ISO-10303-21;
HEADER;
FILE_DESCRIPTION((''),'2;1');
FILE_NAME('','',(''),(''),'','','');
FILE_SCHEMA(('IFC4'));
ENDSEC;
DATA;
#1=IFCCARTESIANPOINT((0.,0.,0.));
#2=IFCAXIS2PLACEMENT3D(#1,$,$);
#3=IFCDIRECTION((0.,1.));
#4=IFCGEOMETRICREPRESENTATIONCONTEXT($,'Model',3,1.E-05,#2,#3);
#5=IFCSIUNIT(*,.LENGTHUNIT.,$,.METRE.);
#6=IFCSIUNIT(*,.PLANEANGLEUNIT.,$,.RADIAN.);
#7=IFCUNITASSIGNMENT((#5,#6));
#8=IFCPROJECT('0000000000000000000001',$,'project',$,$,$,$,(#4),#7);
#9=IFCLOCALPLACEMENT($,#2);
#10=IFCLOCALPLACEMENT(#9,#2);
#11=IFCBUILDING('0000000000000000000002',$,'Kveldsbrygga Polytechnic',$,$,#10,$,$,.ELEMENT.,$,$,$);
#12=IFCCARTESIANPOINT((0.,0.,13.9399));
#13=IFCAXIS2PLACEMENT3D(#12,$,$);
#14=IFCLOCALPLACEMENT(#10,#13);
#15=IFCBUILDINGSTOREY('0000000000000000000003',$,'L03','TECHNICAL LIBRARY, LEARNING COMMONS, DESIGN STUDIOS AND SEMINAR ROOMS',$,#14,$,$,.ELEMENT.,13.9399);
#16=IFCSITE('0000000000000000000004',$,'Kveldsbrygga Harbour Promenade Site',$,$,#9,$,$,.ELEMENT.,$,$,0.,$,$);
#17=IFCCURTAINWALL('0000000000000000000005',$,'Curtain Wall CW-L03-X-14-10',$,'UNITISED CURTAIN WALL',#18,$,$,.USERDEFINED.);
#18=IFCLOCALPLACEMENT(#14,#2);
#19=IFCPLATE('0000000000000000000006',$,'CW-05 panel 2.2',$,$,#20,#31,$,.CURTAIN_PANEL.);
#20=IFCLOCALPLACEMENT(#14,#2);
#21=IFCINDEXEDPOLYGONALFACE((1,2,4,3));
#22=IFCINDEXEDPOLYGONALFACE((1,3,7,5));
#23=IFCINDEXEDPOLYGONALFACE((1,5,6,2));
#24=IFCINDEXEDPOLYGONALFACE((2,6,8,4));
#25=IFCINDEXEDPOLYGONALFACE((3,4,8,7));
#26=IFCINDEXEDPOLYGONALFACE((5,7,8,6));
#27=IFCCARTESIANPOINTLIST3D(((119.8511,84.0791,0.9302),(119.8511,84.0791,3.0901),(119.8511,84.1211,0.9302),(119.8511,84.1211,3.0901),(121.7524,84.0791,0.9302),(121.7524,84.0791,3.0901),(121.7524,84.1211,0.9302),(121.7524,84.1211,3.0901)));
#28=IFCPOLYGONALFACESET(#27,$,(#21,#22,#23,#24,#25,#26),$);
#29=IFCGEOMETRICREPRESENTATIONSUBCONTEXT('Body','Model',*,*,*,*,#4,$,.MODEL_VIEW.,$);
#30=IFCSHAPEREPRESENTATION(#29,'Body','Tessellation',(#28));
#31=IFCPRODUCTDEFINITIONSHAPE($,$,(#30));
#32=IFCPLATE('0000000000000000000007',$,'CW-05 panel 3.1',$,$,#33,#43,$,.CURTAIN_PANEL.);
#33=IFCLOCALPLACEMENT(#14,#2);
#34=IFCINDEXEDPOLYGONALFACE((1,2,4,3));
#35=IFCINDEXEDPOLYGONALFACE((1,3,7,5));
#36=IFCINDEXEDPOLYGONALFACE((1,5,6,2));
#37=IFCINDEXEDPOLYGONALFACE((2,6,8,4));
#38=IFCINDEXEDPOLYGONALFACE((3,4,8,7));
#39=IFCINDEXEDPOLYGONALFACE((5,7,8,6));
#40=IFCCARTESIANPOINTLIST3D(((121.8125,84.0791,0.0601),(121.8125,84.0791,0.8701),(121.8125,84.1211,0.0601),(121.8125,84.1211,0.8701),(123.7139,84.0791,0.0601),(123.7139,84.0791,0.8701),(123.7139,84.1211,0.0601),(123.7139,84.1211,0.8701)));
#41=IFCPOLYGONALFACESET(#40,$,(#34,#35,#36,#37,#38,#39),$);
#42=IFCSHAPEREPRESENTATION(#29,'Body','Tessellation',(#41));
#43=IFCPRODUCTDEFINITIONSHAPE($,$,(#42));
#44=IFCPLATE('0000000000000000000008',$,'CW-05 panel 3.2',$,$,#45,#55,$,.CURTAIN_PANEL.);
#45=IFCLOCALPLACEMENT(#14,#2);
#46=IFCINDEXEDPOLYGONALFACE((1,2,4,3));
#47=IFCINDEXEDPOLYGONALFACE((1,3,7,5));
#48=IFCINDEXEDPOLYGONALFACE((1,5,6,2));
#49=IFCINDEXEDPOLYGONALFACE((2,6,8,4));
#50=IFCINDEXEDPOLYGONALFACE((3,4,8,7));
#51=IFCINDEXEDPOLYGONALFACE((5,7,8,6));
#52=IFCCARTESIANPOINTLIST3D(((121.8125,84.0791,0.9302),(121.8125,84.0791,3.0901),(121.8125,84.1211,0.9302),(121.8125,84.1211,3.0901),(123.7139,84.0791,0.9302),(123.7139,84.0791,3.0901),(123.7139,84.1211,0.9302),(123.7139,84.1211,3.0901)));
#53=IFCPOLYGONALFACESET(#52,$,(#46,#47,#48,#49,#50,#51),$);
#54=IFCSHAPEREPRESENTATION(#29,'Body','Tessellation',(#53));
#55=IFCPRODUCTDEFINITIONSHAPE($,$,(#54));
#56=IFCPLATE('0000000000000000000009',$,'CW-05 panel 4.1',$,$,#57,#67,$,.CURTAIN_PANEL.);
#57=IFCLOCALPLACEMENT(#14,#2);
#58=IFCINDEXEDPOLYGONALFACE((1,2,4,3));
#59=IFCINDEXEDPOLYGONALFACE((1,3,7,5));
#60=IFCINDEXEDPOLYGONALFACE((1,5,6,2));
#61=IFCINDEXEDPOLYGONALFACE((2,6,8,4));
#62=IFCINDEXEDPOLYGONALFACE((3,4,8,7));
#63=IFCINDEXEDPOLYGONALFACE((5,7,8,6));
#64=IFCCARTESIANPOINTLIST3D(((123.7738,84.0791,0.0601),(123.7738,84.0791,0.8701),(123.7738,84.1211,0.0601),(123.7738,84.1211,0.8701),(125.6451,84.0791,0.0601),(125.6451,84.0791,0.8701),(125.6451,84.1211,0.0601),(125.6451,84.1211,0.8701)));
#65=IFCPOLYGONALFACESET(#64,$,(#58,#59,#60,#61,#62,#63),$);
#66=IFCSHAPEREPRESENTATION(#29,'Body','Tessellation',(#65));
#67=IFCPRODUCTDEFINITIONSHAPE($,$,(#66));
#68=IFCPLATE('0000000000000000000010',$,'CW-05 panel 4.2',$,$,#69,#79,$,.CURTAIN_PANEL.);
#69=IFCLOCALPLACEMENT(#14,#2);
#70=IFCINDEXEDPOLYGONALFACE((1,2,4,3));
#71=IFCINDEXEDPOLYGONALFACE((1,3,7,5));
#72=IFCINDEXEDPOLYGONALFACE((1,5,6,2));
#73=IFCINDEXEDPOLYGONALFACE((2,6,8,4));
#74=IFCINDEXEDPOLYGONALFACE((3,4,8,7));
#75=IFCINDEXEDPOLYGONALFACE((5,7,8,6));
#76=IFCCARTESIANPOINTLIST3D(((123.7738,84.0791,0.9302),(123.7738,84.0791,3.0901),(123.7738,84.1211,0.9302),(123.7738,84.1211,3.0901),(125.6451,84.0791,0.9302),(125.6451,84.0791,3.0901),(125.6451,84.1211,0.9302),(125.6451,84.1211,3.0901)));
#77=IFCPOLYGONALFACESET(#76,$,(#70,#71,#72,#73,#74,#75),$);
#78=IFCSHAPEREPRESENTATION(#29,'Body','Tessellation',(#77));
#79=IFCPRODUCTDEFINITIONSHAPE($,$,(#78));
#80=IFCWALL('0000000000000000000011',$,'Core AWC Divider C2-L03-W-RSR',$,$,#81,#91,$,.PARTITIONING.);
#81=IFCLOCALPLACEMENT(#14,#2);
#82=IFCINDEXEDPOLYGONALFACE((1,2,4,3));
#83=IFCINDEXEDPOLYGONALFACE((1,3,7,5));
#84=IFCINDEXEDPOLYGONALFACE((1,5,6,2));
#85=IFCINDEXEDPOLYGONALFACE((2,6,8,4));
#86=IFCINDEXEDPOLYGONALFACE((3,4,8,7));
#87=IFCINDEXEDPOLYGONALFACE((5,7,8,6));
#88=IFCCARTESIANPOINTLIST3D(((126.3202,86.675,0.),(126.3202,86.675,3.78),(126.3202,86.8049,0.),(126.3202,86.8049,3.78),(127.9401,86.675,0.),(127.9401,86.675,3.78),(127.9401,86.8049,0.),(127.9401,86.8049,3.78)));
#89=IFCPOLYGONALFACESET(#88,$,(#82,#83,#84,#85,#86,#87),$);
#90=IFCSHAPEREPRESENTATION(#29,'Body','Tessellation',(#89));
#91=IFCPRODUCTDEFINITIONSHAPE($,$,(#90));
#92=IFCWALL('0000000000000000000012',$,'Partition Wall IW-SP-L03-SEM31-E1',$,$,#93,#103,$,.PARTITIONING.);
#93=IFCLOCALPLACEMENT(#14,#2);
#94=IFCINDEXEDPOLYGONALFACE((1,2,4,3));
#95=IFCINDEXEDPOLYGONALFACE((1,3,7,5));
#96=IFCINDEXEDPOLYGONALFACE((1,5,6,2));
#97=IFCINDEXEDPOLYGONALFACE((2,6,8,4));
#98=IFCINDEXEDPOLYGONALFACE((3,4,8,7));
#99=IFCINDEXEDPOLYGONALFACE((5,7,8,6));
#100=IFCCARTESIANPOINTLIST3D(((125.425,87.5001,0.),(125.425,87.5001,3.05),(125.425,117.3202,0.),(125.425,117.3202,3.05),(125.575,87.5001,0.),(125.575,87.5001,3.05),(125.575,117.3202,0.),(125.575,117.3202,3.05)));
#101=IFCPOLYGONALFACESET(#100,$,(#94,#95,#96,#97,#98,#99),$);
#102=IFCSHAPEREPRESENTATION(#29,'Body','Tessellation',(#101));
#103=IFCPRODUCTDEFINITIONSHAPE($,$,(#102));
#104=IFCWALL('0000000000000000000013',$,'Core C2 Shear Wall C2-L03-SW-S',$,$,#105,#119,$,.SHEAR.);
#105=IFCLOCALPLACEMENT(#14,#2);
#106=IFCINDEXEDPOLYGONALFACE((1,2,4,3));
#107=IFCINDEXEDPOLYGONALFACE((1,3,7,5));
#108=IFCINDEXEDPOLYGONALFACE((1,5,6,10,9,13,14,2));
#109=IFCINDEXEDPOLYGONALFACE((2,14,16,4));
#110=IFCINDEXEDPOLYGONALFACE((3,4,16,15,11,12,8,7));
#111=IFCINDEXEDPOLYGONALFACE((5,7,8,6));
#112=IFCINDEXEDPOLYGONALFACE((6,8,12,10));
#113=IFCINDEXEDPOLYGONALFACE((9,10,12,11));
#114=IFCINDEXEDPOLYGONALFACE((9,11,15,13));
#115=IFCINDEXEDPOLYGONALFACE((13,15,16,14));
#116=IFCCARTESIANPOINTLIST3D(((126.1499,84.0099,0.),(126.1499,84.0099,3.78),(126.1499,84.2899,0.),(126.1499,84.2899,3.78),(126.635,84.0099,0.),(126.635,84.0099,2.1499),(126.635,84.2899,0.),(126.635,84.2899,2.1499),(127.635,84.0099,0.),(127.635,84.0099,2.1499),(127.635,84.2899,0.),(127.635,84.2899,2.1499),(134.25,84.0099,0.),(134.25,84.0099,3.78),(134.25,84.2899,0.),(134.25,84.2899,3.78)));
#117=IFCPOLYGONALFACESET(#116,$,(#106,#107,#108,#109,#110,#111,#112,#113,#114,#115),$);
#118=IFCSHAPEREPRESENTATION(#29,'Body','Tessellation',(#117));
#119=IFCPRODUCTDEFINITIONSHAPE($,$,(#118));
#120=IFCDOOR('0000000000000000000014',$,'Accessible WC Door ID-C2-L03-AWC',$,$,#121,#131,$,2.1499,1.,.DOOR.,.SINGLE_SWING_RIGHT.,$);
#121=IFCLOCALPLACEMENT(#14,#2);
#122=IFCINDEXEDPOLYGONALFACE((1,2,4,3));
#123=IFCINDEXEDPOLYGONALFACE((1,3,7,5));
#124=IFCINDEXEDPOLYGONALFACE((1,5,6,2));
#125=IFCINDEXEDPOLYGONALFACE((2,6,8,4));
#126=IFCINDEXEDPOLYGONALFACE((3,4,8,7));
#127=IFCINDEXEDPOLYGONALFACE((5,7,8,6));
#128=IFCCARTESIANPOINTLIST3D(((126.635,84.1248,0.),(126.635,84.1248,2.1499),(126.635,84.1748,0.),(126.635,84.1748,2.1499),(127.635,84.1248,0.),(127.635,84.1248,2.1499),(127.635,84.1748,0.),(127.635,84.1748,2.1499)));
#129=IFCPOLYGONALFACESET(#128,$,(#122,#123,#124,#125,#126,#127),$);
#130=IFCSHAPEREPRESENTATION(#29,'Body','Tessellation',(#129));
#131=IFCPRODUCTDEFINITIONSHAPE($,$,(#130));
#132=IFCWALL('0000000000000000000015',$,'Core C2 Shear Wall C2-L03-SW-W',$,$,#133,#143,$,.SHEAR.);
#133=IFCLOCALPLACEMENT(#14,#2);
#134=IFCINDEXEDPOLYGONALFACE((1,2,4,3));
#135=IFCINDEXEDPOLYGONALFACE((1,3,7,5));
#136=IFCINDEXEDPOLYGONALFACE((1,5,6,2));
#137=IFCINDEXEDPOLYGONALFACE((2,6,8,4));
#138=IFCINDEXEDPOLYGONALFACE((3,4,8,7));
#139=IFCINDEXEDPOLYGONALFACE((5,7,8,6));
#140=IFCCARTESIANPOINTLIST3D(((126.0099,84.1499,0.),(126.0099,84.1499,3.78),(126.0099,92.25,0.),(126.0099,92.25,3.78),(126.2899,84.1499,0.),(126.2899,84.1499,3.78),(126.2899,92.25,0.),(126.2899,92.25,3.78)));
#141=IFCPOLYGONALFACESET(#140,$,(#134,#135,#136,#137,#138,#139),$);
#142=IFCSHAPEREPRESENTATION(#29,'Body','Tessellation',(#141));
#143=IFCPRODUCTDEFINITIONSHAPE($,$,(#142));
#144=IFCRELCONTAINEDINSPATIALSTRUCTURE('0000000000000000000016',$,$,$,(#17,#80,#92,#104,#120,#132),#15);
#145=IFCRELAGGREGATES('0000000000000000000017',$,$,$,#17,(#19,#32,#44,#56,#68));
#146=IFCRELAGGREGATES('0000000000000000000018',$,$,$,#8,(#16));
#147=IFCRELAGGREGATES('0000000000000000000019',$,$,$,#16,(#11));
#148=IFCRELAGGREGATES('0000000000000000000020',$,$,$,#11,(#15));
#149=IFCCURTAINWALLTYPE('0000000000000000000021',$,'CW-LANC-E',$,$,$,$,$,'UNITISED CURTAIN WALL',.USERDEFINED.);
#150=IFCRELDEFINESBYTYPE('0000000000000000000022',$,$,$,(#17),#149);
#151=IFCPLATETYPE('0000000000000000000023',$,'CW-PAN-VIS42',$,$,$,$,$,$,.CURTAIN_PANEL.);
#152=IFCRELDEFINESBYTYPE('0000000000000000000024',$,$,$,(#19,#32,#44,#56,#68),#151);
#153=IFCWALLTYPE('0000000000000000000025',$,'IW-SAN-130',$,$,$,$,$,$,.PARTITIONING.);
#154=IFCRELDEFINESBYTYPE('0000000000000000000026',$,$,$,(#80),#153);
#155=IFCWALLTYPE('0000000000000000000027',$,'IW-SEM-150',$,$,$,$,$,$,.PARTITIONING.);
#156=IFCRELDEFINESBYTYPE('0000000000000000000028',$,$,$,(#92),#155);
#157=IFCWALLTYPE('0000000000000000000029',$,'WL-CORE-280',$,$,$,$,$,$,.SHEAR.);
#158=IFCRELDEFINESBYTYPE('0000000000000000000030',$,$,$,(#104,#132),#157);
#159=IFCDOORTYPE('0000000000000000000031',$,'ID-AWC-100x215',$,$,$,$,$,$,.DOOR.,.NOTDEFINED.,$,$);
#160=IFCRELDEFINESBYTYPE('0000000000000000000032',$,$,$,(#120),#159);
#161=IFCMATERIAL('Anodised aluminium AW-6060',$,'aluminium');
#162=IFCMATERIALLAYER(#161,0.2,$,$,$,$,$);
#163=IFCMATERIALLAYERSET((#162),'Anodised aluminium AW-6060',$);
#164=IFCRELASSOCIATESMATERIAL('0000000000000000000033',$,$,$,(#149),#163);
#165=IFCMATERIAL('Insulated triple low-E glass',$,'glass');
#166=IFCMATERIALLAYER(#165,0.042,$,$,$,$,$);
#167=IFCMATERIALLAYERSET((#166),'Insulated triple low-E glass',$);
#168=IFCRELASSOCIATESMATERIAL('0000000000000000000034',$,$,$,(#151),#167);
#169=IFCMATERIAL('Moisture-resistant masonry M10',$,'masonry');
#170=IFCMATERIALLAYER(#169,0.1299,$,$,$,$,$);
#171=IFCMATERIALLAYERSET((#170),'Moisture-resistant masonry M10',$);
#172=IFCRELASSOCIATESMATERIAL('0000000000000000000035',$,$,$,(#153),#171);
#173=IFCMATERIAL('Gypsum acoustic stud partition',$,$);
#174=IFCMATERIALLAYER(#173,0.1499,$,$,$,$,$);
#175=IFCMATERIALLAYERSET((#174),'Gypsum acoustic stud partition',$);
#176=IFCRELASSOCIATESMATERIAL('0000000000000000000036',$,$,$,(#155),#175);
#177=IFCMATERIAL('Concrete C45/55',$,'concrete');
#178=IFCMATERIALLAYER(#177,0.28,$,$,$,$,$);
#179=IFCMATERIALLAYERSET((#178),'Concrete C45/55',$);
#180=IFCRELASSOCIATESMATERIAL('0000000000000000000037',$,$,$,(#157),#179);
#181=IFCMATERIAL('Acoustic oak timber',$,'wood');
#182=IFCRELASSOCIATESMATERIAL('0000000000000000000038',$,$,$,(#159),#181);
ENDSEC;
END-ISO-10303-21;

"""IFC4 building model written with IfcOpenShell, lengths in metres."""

from ifc_helpers import new_model, si_unit, direction, frame, frame_2d, origin, origin_2d, place, context, subcontext, project, spatial, rectangle, extrude, material, layer, layer_set, type_object, element, fill, aggregate, save


model = new_model("IFC4")

# Units and contexts
model_context = context("Model", 3, precision=1e-05, world=origin(), true_north=direction((0.0, 1.0)))
body_context = subcontext(model_context, "Body", "Model", "MODEL_VIEW")
ifc_project = project(units=[si_unit("LENGTHUNIT", "METRE"), si_unit("PLANEANGLEUNIT", "RADIAN")], contexts=[model_context])

# Site, building, storey
site_placement = place(None, origin())
site = spatial("IfcSite", under=ifc_project, at=site_placement, Name="Kveldsbrygga Harbour Promenade Site", CompositionType="ELEMENT", RefElevation=0.0)
building_placement = place(site_placement, origin())
building = spatial("IfcBuilding", under=site, at=building_placement, Name="Kveldsbrygga Polytechnic", CompositionType="ELEMENT")
storey_placement = place(building_placement, frame((0.0, 0.0, 13.9399)))
storey = spatial("IfcBuildingStorey", under=building, at=storey_placement, Name="L03", Description="TECHNICAL LIBRARY, LEARNING COMMONS, DESIGN STUDIOS AND SEMINAR ROOMS", CompositionType="ELEMENT", Elevation=13.9399)

# Curtain wall, plates
ifc_material_1 = material(Name="Anodised aluminium AW-6060", Category="aluminium")
ifc_layer_1 = layer(ifc_material_1, 0.2)
ifc_layer_set_1 = layer_set([ifc_layer_1], Name="Anodised aluminium AW-6060")
curtain_wall_type = type_object("IfcCurtainWallType", Name="CW-LANC-E", ElementType="UNITISED CURTAIN WALL", PredefinedType="USERDEFINED", material=ifc_layer_set_1)
curtain_wall_placement = place(storey_placement, origin())
curtain_wall = element("IfcCurtainWall", 1, at=curtain_wall_placement, inside=storey, type_object=curtain_wall_type, Name="Curtain Wall CW-L03-X-14-10", ObjectType="UNITISED CURTAIN WALL", PredefinedType="USERDEFINED")
ifc_material_2 = material(Name="Insulated triple low-E glass", Category="glass")
ifc_layer_2 = layer(ifc_material_2, 0.042)
ifc_layer_set_2 = layer_set([ifc_layer_2], Name="Insulated triple low-E glass")
plate_type = type_object("IfcPlateType", Name="CW-PAN-VIS42", PredefinedType="CURTAIN_PANEL", material=ifc_layer_set_2)
plate_1_placement = place(storey_placement, frame((120.8018, 84.1001, 0.9302), z_axis=(0.0, 0.0, 1.0), x_axis=(1.0, 0.0, 0.0)))
plate_1 = element("IfcPlate", 2, at=plate_1_placement, type_object=plate_type, Name="CW-05 panel 2.2", PredefinedType="CURTAIN_PANEL", context=body_context, shape_type="SweptSolid", body=[
    extrude(rectangle(XDim=1.9014, YDim=0.042, at=origin_2d()), origin(), (0.0, 0.0, 1.0), 2.1599),
])
plate_2_placement = place(storey_placement, frame((122.7632, 84.1001, 0.0601), z_axis=(0.0, 0.0, 1.0), x_axis=(1.0, 0.0, 0.0)))
plate_2 = element("IfcPlate", 3, at=plate_2_placement, type_object=plate_type, Name="CW-05 panel 3.1", PredefinedType="CURTAIN_PANEL", context=body_context, shape_type="SweptSolid", body=[
    extrude(rectangle(XDim=1.9014, YDim=0.042, at=origin_2d()), origin(), (0.0, 0.0, 1.0), 0.8101),
])
plate_3_placement = place(storey_placement, frame((122.7632, 84.1001, 0.9302), z_axis=(0.0, 0.0, 1.0), x_axis=(1.0, 0.0, 0.0)))
plate_3 = element("IfcPlate", 4, at=plate_3_placement, type_object=plate_type, Name="CW-05 panel 3.2", PredefinedType="CURTAIN_PANEL", context=body_context, shape_type="SweptSolid", body=[
    extrude(rectangle(XDim=1.9014, YDim=0.042, at=origin_2d()), origin(), (0.0, 0.0, 1.0), 2.1599),
])
plate_4_placement = place(storey_placement, frame((124.7095, 84.1001, 0.0601), z_axis=(0.0, 0.0, 1.0), x_axis=(1.0, 0.0, 0.0)))
plate_4 = element("IfcPlate", 5, at=plate_4_placement, type_object=plate_type, Name="CW-05 panel 4.1", PredefinedType="CURTAIN_PANEL", context=body_context, shape_type="SweptSolid", body=[
    extrude(rectangle(XDim=1.8713, YDim=0.042, at=origin_2d()), origin(), (0.0, 0.0, 1.0), 0.8101),
])
plate_5_placement = place(storey_placement, frame((124.7095, 84.1001, 0.9302), z_axis=(0.0, 0.0, 1.0), x_axis=(1.0, 0.0, 0.0)))
plate_5 = element("IfcPlate", 6, at=plate_5_placement, type_object=plate_type, Name="CW-05 panel 4.2", PredefinedType="CURTAIN_PANEL", context=body_context, shape_type="SweptSolid", body=[
    extrude(rectangle(XDim=1.8713, YDim=0.042, at=origin_2d()), origin(), (0.0, 0.0, 1.0), 2.1599),
])
aggregate(curtain_wall, [plate_1, plate_2, plate_3, plate_4, plate_5])

# Walls
ifc_material_3 = material(Name="Moisture-resistant masonry M10", Category="masonry")
ifc_layer_3 = layer(ifc_material_3, 0.1299)
ifc_layer_set_3 = layer_set([ifc_layer_3], Name="Moisture-resistant masonry M10")
wall_type_1 = type_object("IfcWallType", Name="IW-SAN-130", PredefinedType="PARTITIONING", material=ifc_layer_set_3)
wall_1_placement = place(storey_placement, frame((126.3201, 86.74, 0.0), z_axis=(0.0, 0.0, 1.0), x_axis=(1.0, 0.0, 0.0)))
element("IfcWall", 7, at=wall_1_placement, inside=storey, type_object=wall_type_1, Name="Core AWC Divider C2-L03-W-RSR", PredefinedType="PARTITIONING", context=body_context, shape_type="SweptSolid", body=[
    extrude(rectangle(XDim=1.6199, YDim=0.1299, at=frame_2d((0.8101, 0.0))), origin(), (0.0, 0.0, 1.0), 3.78),
])
ifc_material_4 = material(Name="Gypsum acoustic stud partition")
ifc_layer_4 = layer(ifc_material_4, 0.1499)
ifc_layer_set_4 = layer_set([ifc_layer_4], Name="Gypsum acoustic stud partition")
wall_type_2 = type_object("IfcWallType", Name="IW-SEM-150", PredefinedType="PARTITIONING", material=ifc_layer_set_4)
wall_2_placement = place(storey_placement, frame((125.5, 87.5, 0.0), z_axis=(0.0, 0.0, 1.0), x_axis=(0.0, 1.0, 0.0)))
element("IfcWall", 8, at=wall_2_placement, inside=storey, type_object=wall_type_2, Name="Partition Wall IW-SP-L03-SEM31-E1", PredefinedType="PARTITIONING", context=body_context, shape_type="SweptSolid", body=[
    extrude(rectangle(XDim=29.8201, YDim=0.1499, at=frame_2d((14.9102, 0.0))), origin(), (0.0, 0.0, 1.0), 3.05),
])

# Wall, opening, door
ifc_material_5 = material(Name="Concrete C45/55", Category="concrete")
ifc_layer_5 = layer(ifc_material_5, 0.28)
ifc_layer_set_5 = layer_set([ifc_layer_5], Name="Concrete C45/55")
wall_type_3 = type_object("IfcWallType", Name="WL-CORE-280", PredefinedType="SHEAR", material=ifc_layer_set_5)
wall_3_placement = place(storey_placement, frame((126.1499, 84.1499, 0.0), z_axis=(0.0, 0.0, 1.0), x_axis=(1.0, 0.0, 0.0)))
wall_3 = element("IfcWall", 9, at=wall_3_placement, inside=storey, type_object=wall_type_3, Name="Core C2 Shear Wall C2-L03-SW-S", PredefinedType="SHEAR", context=body_context, shape_type="SweptSolid", body=[
    extrude(rectangle(XDim=8.1001, YDim=0.28, at=frame_2d((4.05, 0.0))), origin(), (0.0, 0.0, 1.0), 3.78),
])
opening_1_placement = place(wall_3_placement, frame((0.4851, 0.0, 0.0)))
opening_1 = element("IfcOpeningElement", 10, at=opening_1_placement, cuts=wall_3, PredefinedType="OPENING", context=body_context, shape_type="SweptSolid", body=[
    extrude(rectangle(XDim=1.0, YDim=2.1499, at=frame_2d((0.5, 1.075))), frame((0.0, 0.1499, 0.0), z_axis=(0.0, -1.0, 0.0), x_axis=(1.0, 0.0, 0.0)), (0.0, 0.0, 1.0), 0.3),
])
ifc_material_6 = material(Name="Acoustic oak timber", Category="wood")
door_type_1 = type_object("IfcDoorType", Name="ID-AWC-100x215", OperationType="NOTDEFINED", PredefinedType="DOOR", material=ifc_material_6)
door_1_placement = place(opening_1_placement, origin())
door_1 = element("IfcDoor", 11, at=door_1_placement, inside=storey, type_object=door_type_1, Name="Accessible WC Door ID-C2-L03-AWC", OperationType="SINGLE_SWING_RIGHT", OverallHeight=2.1499, OverallWidth=1.0, PredefinedType="DOOR", context=body_context, shape_type="SweptSolid", body=[
    extrude(rectangle(XDim=1.0, YDim=2.1499, at=frame_2d((0.5, 1.075))), frame((0.0, 0.0249, 0.0), z_axis=(0.0, -1.0, 0.0), x_axis=(1.0, 0.0, 0.0)), (0.0, 0.0, 1.0), 0.05),
])
fill(opening_1, door_1)

# Wall
wall_4_placement = place(storey_placement, frame((126.1499, 84.1499, 0.0), z_axis=(0.0, 0.0, 1.0), x_axis=(0.0, 1.0, 0.0)))
element("IfcWall", 12, at=wall_4_placement, inside=storey, type_object=wall_type_3, Name="Core C2 Shear Wall C2-L03-SW-W", PredefinedType="SHEAR", context=body_context, shape_type="SweptSolid", body=[
    extrude(rectangle(XDim=8.1001, YDim=0.28, at=frame_2d((4.05, 0.0))), origin(), (0.0, 0.0, 1.0), 3.78),
])

save(model, "model.ifc")
